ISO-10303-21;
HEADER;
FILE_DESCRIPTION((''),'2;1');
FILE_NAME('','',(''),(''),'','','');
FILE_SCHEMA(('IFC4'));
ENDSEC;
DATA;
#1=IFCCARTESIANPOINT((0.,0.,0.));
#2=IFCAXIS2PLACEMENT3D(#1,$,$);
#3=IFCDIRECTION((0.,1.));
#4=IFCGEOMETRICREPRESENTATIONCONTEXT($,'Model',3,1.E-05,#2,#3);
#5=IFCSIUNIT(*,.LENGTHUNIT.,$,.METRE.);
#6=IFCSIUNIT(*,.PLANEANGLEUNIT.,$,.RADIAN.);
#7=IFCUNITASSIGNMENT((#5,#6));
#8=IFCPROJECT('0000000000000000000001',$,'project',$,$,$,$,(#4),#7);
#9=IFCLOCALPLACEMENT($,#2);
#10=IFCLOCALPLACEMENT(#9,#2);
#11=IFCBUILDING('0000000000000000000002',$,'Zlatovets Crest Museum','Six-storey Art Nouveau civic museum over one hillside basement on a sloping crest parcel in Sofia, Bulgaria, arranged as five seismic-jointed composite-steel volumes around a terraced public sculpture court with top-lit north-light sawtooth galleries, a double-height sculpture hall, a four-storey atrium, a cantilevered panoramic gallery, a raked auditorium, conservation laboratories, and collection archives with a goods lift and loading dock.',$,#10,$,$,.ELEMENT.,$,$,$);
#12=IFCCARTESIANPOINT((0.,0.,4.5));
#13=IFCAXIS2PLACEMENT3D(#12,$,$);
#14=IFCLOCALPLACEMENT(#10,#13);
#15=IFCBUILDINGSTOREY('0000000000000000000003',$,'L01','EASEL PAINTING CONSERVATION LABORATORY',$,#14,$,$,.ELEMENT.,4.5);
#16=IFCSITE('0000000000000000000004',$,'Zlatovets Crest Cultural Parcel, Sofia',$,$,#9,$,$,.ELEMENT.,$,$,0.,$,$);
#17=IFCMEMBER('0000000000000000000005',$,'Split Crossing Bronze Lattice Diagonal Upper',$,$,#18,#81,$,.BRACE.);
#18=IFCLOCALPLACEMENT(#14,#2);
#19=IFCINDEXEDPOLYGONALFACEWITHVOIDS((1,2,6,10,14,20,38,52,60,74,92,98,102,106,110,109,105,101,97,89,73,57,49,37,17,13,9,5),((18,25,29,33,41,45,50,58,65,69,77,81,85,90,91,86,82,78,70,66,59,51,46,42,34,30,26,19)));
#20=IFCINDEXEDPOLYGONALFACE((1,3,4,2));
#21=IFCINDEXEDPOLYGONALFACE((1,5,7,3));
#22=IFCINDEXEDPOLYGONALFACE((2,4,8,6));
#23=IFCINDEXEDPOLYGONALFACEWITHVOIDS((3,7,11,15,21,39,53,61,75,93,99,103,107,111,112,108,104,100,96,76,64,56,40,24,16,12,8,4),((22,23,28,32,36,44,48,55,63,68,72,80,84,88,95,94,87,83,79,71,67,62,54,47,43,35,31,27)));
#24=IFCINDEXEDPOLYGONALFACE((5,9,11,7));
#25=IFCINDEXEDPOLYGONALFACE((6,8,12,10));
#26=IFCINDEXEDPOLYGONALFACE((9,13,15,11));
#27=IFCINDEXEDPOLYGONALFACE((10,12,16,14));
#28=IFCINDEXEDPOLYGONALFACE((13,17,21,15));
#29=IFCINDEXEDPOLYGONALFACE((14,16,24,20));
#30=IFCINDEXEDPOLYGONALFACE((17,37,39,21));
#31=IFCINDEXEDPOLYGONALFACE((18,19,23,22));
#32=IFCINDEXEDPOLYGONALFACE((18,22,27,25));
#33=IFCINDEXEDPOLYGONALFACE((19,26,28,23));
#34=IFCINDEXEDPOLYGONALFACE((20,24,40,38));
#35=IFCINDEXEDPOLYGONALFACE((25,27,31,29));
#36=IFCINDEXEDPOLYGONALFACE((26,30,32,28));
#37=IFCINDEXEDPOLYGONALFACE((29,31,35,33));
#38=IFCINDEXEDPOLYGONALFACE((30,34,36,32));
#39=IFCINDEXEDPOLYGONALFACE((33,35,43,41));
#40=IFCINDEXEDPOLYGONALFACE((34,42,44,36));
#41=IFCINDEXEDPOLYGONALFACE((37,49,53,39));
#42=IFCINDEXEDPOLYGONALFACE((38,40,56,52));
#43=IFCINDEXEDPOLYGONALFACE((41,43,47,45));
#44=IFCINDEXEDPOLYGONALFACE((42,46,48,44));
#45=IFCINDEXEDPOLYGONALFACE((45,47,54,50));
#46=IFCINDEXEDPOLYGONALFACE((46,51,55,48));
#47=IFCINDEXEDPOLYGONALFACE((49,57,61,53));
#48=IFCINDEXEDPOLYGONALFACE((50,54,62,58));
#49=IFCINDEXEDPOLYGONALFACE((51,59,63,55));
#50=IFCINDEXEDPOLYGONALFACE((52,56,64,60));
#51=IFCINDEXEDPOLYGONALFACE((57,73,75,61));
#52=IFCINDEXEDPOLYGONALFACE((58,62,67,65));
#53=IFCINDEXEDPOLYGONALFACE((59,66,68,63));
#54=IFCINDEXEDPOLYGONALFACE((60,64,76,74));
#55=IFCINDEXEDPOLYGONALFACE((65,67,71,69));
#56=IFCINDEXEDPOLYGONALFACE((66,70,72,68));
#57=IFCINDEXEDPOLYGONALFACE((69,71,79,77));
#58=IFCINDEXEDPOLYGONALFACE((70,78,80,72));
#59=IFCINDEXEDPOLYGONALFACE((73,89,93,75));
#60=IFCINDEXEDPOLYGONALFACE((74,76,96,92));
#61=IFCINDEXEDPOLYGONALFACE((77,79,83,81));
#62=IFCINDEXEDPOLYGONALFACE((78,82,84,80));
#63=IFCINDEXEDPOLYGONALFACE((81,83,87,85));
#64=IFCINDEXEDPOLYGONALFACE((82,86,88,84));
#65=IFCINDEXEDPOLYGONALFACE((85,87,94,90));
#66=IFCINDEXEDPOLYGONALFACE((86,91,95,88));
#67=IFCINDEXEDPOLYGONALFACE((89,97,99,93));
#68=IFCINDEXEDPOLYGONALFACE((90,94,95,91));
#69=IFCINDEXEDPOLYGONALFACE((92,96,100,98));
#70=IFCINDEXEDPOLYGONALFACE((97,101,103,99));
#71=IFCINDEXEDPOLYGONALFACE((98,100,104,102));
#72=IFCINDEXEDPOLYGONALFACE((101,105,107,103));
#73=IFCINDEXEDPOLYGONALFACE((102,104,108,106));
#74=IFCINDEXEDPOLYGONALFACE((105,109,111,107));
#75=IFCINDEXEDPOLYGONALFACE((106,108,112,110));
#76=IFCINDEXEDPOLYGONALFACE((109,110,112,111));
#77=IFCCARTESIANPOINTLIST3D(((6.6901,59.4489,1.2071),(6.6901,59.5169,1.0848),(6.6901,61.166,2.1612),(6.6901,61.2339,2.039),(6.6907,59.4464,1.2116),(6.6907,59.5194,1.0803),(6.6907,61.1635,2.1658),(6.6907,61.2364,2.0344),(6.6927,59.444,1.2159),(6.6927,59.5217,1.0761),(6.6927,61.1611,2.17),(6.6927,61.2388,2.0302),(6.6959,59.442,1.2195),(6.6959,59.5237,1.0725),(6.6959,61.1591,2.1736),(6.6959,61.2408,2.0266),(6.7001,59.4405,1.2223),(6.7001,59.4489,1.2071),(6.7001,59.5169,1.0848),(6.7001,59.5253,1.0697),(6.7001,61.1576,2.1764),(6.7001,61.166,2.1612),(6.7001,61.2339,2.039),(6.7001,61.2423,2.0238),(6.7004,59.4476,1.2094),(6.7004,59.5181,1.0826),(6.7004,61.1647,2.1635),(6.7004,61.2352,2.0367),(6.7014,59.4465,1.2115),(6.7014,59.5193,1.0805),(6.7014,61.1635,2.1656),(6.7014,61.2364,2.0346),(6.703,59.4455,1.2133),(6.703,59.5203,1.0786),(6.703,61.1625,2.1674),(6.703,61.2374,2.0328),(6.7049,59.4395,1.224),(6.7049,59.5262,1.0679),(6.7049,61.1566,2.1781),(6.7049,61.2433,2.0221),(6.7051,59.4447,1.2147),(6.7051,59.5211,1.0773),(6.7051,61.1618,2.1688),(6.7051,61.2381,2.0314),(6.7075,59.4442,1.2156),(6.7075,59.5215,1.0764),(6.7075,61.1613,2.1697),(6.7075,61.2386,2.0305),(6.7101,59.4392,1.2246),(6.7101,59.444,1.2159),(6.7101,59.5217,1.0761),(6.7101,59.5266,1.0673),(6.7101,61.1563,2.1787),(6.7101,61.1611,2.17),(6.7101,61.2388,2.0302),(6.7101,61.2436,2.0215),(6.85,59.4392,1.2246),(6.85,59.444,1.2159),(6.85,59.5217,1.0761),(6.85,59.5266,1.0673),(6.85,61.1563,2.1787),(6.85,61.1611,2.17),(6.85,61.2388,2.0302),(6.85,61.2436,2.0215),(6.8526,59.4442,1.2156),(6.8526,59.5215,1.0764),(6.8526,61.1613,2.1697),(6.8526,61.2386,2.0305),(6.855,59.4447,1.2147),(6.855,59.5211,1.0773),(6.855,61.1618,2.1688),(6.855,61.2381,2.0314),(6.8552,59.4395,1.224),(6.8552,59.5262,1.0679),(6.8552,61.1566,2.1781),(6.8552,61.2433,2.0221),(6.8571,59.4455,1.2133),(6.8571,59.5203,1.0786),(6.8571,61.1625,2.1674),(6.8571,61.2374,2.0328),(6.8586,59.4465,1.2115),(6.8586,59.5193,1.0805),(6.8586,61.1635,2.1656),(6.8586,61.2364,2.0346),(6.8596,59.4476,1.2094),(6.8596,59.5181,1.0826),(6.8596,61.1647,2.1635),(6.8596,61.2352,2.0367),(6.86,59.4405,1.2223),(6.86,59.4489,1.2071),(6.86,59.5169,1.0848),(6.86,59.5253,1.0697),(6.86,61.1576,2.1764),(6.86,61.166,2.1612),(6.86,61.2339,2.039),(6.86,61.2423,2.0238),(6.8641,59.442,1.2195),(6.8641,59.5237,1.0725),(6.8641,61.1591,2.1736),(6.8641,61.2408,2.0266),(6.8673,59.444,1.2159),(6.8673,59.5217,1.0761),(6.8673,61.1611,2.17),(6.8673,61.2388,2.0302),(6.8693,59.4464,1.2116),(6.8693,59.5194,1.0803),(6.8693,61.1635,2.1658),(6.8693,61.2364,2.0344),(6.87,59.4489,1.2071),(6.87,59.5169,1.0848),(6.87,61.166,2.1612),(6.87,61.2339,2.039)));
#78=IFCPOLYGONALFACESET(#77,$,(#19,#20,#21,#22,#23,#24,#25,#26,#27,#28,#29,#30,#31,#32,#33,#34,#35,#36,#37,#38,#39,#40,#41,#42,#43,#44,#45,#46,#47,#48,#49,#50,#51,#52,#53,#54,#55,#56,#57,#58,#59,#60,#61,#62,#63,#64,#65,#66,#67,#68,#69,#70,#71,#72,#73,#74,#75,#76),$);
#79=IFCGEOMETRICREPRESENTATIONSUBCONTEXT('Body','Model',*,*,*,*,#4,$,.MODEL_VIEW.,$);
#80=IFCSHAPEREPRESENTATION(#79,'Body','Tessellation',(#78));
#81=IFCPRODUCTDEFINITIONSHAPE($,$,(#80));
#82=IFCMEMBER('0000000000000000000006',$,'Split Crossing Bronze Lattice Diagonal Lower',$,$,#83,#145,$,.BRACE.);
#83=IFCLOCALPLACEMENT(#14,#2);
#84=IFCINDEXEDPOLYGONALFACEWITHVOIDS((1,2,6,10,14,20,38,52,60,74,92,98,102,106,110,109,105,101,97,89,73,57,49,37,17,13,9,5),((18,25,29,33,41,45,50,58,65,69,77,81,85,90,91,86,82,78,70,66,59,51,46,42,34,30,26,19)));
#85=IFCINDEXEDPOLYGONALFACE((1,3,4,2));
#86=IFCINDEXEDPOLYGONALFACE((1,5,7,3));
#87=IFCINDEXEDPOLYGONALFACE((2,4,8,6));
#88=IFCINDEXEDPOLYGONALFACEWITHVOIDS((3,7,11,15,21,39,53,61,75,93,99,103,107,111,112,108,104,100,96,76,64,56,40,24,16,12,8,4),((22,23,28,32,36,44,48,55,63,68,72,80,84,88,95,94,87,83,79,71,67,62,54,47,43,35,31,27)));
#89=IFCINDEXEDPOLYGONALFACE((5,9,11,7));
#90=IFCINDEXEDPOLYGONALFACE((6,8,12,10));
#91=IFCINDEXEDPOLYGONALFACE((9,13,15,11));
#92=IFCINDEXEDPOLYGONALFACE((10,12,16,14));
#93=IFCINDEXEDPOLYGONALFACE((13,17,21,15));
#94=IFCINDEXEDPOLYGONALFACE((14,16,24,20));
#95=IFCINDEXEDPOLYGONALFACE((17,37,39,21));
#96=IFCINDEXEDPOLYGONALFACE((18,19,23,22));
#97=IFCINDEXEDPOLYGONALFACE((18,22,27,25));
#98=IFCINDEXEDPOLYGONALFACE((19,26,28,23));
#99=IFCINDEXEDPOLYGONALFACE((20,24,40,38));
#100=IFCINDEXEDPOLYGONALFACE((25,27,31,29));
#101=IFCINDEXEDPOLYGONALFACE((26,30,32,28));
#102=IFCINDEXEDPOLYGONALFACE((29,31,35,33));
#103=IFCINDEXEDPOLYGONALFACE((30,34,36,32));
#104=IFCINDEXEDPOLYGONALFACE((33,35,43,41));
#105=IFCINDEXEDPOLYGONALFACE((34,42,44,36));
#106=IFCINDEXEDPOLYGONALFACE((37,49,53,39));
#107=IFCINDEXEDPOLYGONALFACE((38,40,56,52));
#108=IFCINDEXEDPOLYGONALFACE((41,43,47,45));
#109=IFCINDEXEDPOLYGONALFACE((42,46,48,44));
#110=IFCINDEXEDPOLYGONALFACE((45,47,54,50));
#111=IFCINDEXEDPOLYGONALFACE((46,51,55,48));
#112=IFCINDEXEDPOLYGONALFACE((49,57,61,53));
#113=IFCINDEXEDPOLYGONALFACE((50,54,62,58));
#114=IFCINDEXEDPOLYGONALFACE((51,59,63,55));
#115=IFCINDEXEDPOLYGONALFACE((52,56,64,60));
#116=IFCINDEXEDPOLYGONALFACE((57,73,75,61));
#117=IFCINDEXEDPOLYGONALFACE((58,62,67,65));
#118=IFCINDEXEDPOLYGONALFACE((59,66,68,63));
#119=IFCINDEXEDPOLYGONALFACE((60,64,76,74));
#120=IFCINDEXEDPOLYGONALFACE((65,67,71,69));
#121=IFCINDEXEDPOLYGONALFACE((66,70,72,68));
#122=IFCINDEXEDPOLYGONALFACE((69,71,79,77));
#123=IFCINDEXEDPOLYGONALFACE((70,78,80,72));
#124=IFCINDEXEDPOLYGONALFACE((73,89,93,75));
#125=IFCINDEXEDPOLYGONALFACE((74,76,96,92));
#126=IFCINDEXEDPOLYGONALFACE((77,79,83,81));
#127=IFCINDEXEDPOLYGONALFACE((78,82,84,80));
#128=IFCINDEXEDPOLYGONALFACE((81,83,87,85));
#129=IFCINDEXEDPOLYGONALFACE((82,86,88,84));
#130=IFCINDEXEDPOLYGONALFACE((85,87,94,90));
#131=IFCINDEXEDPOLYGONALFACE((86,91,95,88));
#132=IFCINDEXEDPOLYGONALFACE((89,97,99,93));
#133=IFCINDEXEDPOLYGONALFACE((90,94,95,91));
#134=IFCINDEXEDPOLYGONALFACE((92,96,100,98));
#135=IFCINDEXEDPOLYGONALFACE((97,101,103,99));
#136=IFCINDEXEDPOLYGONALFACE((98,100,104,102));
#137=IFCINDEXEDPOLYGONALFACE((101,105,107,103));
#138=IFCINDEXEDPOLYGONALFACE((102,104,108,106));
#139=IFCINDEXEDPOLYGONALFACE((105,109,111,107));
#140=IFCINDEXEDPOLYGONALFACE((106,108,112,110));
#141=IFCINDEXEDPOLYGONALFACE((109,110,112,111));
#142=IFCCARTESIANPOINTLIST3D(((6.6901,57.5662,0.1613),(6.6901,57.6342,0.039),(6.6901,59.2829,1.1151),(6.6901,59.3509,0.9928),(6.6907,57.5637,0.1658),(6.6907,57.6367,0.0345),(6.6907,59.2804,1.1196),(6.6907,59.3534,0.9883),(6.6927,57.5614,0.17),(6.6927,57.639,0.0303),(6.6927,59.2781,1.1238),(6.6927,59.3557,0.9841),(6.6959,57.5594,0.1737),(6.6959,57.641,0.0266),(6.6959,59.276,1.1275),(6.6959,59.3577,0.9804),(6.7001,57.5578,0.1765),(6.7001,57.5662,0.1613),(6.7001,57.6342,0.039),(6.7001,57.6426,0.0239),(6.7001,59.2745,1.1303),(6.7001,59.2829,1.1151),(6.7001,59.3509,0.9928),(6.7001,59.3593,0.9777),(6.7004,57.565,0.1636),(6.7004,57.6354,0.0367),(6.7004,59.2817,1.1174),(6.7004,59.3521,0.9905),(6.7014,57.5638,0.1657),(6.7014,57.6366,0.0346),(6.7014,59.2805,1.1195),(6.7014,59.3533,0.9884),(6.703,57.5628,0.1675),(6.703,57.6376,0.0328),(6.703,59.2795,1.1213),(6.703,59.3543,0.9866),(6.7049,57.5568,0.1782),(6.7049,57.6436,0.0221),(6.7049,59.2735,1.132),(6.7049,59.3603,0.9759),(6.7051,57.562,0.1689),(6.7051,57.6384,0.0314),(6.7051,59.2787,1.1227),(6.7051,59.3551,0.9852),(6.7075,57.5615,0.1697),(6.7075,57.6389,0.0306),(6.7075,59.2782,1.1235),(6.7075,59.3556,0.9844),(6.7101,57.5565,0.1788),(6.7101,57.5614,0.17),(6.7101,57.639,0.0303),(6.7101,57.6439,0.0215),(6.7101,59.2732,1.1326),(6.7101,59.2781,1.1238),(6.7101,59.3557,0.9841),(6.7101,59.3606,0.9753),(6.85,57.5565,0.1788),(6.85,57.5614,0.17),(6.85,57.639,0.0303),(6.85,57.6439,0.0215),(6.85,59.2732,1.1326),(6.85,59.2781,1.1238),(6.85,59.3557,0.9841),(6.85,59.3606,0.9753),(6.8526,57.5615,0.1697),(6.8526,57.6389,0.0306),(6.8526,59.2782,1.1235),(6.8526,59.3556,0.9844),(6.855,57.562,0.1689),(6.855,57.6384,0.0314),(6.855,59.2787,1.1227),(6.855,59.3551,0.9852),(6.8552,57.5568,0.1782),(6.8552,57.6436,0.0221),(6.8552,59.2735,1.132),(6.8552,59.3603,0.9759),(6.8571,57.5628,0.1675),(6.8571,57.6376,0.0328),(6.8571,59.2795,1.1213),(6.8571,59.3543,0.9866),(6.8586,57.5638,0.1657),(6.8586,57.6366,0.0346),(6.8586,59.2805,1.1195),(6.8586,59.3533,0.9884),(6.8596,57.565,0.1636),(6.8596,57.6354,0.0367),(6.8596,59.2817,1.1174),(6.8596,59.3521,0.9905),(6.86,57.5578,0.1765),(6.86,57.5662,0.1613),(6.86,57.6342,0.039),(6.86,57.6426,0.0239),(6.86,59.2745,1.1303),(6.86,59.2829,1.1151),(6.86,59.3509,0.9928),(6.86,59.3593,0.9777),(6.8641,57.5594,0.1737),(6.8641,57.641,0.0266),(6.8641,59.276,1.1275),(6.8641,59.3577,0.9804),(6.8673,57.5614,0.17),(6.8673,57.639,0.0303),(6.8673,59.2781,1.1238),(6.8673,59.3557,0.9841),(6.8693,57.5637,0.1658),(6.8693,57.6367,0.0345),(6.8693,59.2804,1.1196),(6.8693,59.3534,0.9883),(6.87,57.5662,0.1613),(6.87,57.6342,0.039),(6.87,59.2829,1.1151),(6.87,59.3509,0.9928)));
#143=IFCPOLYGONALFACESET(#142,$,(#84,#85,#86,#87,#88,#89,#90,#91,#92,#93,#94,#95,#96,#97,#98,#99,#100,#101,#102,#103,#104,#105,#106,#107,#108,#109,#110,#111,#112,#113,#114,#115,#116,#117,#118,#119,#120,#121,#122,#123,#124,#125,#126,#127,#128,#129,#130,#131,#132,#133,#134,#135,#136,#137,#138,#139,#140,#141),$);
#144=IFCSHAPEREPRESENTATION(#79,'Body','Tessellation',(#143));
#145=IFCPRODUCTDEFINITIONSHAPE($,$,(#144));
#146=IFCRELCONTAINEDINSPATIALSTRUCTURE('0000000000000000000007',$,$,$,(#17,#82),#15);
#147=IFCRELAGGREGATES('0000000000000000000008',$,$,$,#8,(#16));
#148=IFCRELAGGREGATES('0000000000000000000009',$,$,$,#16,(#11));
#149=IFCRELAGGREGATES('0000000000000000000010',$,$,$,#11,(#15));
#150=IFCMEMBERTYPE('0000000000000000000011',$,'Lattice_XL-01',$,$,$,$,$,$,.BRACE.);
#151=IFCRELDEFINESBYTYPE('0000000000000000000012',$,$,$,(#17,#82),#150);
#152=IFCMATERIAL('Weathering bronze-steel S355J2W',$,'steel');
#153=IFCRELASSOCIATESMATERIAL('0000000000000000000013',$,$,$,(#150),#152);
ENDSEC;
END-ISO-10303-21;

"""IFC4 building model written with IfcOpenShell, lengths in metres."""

from ifc_helpers import new_model, si_unit, direction, frame, origin, origin_2d, place, context, subcontext, project, spatial, hollow_rectangle, extrude, material, material_profile, profile_set, type_object, element, save


model = new_model("IFC4")

# Units and contexts
model_context = context("Model", 3, precision=1e-05, world=origin(), true_north=direction((0.0, 1.0)))
body_context = subcontext(model_context, "Body", "Model", "MODEL_VIEW")
ifc_project = project(units=[si_unit("LENGTHUNIT", "METRE"), si_unit("PLANEANGLEUNIT", "RADIAN")], contexts=[model_context])

# Site, building, storey
site_placement = place(None, origin())
site = spatial("IfcSite", under=ifc_project, at=site_placement, Name="Zlatovets Crest Cultural Parcel, Sofia", CompositionType="ELEMENT", RefElevation=0.0)
building_placement = place(site_placement, origin())
building = spatial("IfcBuilding", under=site, at=building_placement, Name="Zlatovets Crest Museum", Description="Six-storey Art Nouveau civic museum over one hillside basement on a sloping crest parcel in Sofia, Bulgaria, arranged as five seismic-jointed composite-steel volumes around a terraced public sculpture court with top-lit north-light sawtooth galleries, a double-height sculpture hall, a four-storey atrium, a cantilevered panoramic gallery, a raked auditorium, conservation laboratories, and collection archives with a goods lift and loading dock.", CompositionType="ELEMENT")
storey_placement = place(building_placement, frame((0.0, 0.0, 4.5)))
storey = spatial("IfcBuildingStorey", under=building, at=storey_placement, Name="L01", Description="EASEL PAINTING CONSERVATION LABORATORY", CompositionType="ELEMENT", Elevation=4.5)

# Members
ifc_material_1 = material(Name="Weathering bronze-steel S355J2W", Category="steel")
ifc_material_profile_1 = material_profile(ifc_material_1, hollow_rectangle(XDim=0.1799, YDim=0.1799, WallThickness=0.01, InnerFilletRadius=0.01, OuterFilletRadius=0.02, at=origin_2d()), Name="SHS 180x180x10.0")
ifc_profile_set_1 = profile_set([ifc_material_profile_1], Name="Weathering bronze-steel S355J2W")
member_type_1 = type_object("IfcMemberType", Name="Lattice_XL-01", PredefinedType="BRACE", material=ifc_profile_set_1)
member_1_placement = place(storey_placement, frame((6.78, 61.2, 2.1001), z_axis=(0.0, -0.874116, -0.485717), x_axis=(1.0, 0.0, 0.0)))
element("IfcMember", 1, at=member_1_placement, inside=storey, type_object=member_type_1, Name="Split Crossing Bronze Lattice Diagonal Upper", PredefinedType="BRACE", context=body_context, shape_type="SweptSolid", body=[
    extrude(hollow_rectangle(XDim=0.1799, YDim=0.1799, WallThickness=0.01, InnerFilletRadius=0.01, OuterFilletRadius=0.02, at=origin_2d()), origin(), (0.0, 0.0, 1.0), 1.9644),
])
member_2_placement = place(storey_placement, frame((6.78, 59.3169, 1.054), z_axis=(0.0, -0.87414, -0.485675), x_axis=(1.0, 0.0, 0.0)))
element("IfcMember", 2, at=member_2_placement, inside=storey, type_object=member_type_1, Name="Split Crossing Bronze Lattice Diagonal Lower", PredefinedType="BRACE", context=body_context, shape_type="SweptSolid", body=[
    extrude(hollow_rectangle(XDim=0.1799, YDim=0.1799, WallThickness=0.01, InnerFilletRadius=0.01, OuterFilletRadius=0.02, at=origin_2d()), origin(), (0.0, 0.0, 1.0), 1.9639),
])

save(model, "model.ifc")
